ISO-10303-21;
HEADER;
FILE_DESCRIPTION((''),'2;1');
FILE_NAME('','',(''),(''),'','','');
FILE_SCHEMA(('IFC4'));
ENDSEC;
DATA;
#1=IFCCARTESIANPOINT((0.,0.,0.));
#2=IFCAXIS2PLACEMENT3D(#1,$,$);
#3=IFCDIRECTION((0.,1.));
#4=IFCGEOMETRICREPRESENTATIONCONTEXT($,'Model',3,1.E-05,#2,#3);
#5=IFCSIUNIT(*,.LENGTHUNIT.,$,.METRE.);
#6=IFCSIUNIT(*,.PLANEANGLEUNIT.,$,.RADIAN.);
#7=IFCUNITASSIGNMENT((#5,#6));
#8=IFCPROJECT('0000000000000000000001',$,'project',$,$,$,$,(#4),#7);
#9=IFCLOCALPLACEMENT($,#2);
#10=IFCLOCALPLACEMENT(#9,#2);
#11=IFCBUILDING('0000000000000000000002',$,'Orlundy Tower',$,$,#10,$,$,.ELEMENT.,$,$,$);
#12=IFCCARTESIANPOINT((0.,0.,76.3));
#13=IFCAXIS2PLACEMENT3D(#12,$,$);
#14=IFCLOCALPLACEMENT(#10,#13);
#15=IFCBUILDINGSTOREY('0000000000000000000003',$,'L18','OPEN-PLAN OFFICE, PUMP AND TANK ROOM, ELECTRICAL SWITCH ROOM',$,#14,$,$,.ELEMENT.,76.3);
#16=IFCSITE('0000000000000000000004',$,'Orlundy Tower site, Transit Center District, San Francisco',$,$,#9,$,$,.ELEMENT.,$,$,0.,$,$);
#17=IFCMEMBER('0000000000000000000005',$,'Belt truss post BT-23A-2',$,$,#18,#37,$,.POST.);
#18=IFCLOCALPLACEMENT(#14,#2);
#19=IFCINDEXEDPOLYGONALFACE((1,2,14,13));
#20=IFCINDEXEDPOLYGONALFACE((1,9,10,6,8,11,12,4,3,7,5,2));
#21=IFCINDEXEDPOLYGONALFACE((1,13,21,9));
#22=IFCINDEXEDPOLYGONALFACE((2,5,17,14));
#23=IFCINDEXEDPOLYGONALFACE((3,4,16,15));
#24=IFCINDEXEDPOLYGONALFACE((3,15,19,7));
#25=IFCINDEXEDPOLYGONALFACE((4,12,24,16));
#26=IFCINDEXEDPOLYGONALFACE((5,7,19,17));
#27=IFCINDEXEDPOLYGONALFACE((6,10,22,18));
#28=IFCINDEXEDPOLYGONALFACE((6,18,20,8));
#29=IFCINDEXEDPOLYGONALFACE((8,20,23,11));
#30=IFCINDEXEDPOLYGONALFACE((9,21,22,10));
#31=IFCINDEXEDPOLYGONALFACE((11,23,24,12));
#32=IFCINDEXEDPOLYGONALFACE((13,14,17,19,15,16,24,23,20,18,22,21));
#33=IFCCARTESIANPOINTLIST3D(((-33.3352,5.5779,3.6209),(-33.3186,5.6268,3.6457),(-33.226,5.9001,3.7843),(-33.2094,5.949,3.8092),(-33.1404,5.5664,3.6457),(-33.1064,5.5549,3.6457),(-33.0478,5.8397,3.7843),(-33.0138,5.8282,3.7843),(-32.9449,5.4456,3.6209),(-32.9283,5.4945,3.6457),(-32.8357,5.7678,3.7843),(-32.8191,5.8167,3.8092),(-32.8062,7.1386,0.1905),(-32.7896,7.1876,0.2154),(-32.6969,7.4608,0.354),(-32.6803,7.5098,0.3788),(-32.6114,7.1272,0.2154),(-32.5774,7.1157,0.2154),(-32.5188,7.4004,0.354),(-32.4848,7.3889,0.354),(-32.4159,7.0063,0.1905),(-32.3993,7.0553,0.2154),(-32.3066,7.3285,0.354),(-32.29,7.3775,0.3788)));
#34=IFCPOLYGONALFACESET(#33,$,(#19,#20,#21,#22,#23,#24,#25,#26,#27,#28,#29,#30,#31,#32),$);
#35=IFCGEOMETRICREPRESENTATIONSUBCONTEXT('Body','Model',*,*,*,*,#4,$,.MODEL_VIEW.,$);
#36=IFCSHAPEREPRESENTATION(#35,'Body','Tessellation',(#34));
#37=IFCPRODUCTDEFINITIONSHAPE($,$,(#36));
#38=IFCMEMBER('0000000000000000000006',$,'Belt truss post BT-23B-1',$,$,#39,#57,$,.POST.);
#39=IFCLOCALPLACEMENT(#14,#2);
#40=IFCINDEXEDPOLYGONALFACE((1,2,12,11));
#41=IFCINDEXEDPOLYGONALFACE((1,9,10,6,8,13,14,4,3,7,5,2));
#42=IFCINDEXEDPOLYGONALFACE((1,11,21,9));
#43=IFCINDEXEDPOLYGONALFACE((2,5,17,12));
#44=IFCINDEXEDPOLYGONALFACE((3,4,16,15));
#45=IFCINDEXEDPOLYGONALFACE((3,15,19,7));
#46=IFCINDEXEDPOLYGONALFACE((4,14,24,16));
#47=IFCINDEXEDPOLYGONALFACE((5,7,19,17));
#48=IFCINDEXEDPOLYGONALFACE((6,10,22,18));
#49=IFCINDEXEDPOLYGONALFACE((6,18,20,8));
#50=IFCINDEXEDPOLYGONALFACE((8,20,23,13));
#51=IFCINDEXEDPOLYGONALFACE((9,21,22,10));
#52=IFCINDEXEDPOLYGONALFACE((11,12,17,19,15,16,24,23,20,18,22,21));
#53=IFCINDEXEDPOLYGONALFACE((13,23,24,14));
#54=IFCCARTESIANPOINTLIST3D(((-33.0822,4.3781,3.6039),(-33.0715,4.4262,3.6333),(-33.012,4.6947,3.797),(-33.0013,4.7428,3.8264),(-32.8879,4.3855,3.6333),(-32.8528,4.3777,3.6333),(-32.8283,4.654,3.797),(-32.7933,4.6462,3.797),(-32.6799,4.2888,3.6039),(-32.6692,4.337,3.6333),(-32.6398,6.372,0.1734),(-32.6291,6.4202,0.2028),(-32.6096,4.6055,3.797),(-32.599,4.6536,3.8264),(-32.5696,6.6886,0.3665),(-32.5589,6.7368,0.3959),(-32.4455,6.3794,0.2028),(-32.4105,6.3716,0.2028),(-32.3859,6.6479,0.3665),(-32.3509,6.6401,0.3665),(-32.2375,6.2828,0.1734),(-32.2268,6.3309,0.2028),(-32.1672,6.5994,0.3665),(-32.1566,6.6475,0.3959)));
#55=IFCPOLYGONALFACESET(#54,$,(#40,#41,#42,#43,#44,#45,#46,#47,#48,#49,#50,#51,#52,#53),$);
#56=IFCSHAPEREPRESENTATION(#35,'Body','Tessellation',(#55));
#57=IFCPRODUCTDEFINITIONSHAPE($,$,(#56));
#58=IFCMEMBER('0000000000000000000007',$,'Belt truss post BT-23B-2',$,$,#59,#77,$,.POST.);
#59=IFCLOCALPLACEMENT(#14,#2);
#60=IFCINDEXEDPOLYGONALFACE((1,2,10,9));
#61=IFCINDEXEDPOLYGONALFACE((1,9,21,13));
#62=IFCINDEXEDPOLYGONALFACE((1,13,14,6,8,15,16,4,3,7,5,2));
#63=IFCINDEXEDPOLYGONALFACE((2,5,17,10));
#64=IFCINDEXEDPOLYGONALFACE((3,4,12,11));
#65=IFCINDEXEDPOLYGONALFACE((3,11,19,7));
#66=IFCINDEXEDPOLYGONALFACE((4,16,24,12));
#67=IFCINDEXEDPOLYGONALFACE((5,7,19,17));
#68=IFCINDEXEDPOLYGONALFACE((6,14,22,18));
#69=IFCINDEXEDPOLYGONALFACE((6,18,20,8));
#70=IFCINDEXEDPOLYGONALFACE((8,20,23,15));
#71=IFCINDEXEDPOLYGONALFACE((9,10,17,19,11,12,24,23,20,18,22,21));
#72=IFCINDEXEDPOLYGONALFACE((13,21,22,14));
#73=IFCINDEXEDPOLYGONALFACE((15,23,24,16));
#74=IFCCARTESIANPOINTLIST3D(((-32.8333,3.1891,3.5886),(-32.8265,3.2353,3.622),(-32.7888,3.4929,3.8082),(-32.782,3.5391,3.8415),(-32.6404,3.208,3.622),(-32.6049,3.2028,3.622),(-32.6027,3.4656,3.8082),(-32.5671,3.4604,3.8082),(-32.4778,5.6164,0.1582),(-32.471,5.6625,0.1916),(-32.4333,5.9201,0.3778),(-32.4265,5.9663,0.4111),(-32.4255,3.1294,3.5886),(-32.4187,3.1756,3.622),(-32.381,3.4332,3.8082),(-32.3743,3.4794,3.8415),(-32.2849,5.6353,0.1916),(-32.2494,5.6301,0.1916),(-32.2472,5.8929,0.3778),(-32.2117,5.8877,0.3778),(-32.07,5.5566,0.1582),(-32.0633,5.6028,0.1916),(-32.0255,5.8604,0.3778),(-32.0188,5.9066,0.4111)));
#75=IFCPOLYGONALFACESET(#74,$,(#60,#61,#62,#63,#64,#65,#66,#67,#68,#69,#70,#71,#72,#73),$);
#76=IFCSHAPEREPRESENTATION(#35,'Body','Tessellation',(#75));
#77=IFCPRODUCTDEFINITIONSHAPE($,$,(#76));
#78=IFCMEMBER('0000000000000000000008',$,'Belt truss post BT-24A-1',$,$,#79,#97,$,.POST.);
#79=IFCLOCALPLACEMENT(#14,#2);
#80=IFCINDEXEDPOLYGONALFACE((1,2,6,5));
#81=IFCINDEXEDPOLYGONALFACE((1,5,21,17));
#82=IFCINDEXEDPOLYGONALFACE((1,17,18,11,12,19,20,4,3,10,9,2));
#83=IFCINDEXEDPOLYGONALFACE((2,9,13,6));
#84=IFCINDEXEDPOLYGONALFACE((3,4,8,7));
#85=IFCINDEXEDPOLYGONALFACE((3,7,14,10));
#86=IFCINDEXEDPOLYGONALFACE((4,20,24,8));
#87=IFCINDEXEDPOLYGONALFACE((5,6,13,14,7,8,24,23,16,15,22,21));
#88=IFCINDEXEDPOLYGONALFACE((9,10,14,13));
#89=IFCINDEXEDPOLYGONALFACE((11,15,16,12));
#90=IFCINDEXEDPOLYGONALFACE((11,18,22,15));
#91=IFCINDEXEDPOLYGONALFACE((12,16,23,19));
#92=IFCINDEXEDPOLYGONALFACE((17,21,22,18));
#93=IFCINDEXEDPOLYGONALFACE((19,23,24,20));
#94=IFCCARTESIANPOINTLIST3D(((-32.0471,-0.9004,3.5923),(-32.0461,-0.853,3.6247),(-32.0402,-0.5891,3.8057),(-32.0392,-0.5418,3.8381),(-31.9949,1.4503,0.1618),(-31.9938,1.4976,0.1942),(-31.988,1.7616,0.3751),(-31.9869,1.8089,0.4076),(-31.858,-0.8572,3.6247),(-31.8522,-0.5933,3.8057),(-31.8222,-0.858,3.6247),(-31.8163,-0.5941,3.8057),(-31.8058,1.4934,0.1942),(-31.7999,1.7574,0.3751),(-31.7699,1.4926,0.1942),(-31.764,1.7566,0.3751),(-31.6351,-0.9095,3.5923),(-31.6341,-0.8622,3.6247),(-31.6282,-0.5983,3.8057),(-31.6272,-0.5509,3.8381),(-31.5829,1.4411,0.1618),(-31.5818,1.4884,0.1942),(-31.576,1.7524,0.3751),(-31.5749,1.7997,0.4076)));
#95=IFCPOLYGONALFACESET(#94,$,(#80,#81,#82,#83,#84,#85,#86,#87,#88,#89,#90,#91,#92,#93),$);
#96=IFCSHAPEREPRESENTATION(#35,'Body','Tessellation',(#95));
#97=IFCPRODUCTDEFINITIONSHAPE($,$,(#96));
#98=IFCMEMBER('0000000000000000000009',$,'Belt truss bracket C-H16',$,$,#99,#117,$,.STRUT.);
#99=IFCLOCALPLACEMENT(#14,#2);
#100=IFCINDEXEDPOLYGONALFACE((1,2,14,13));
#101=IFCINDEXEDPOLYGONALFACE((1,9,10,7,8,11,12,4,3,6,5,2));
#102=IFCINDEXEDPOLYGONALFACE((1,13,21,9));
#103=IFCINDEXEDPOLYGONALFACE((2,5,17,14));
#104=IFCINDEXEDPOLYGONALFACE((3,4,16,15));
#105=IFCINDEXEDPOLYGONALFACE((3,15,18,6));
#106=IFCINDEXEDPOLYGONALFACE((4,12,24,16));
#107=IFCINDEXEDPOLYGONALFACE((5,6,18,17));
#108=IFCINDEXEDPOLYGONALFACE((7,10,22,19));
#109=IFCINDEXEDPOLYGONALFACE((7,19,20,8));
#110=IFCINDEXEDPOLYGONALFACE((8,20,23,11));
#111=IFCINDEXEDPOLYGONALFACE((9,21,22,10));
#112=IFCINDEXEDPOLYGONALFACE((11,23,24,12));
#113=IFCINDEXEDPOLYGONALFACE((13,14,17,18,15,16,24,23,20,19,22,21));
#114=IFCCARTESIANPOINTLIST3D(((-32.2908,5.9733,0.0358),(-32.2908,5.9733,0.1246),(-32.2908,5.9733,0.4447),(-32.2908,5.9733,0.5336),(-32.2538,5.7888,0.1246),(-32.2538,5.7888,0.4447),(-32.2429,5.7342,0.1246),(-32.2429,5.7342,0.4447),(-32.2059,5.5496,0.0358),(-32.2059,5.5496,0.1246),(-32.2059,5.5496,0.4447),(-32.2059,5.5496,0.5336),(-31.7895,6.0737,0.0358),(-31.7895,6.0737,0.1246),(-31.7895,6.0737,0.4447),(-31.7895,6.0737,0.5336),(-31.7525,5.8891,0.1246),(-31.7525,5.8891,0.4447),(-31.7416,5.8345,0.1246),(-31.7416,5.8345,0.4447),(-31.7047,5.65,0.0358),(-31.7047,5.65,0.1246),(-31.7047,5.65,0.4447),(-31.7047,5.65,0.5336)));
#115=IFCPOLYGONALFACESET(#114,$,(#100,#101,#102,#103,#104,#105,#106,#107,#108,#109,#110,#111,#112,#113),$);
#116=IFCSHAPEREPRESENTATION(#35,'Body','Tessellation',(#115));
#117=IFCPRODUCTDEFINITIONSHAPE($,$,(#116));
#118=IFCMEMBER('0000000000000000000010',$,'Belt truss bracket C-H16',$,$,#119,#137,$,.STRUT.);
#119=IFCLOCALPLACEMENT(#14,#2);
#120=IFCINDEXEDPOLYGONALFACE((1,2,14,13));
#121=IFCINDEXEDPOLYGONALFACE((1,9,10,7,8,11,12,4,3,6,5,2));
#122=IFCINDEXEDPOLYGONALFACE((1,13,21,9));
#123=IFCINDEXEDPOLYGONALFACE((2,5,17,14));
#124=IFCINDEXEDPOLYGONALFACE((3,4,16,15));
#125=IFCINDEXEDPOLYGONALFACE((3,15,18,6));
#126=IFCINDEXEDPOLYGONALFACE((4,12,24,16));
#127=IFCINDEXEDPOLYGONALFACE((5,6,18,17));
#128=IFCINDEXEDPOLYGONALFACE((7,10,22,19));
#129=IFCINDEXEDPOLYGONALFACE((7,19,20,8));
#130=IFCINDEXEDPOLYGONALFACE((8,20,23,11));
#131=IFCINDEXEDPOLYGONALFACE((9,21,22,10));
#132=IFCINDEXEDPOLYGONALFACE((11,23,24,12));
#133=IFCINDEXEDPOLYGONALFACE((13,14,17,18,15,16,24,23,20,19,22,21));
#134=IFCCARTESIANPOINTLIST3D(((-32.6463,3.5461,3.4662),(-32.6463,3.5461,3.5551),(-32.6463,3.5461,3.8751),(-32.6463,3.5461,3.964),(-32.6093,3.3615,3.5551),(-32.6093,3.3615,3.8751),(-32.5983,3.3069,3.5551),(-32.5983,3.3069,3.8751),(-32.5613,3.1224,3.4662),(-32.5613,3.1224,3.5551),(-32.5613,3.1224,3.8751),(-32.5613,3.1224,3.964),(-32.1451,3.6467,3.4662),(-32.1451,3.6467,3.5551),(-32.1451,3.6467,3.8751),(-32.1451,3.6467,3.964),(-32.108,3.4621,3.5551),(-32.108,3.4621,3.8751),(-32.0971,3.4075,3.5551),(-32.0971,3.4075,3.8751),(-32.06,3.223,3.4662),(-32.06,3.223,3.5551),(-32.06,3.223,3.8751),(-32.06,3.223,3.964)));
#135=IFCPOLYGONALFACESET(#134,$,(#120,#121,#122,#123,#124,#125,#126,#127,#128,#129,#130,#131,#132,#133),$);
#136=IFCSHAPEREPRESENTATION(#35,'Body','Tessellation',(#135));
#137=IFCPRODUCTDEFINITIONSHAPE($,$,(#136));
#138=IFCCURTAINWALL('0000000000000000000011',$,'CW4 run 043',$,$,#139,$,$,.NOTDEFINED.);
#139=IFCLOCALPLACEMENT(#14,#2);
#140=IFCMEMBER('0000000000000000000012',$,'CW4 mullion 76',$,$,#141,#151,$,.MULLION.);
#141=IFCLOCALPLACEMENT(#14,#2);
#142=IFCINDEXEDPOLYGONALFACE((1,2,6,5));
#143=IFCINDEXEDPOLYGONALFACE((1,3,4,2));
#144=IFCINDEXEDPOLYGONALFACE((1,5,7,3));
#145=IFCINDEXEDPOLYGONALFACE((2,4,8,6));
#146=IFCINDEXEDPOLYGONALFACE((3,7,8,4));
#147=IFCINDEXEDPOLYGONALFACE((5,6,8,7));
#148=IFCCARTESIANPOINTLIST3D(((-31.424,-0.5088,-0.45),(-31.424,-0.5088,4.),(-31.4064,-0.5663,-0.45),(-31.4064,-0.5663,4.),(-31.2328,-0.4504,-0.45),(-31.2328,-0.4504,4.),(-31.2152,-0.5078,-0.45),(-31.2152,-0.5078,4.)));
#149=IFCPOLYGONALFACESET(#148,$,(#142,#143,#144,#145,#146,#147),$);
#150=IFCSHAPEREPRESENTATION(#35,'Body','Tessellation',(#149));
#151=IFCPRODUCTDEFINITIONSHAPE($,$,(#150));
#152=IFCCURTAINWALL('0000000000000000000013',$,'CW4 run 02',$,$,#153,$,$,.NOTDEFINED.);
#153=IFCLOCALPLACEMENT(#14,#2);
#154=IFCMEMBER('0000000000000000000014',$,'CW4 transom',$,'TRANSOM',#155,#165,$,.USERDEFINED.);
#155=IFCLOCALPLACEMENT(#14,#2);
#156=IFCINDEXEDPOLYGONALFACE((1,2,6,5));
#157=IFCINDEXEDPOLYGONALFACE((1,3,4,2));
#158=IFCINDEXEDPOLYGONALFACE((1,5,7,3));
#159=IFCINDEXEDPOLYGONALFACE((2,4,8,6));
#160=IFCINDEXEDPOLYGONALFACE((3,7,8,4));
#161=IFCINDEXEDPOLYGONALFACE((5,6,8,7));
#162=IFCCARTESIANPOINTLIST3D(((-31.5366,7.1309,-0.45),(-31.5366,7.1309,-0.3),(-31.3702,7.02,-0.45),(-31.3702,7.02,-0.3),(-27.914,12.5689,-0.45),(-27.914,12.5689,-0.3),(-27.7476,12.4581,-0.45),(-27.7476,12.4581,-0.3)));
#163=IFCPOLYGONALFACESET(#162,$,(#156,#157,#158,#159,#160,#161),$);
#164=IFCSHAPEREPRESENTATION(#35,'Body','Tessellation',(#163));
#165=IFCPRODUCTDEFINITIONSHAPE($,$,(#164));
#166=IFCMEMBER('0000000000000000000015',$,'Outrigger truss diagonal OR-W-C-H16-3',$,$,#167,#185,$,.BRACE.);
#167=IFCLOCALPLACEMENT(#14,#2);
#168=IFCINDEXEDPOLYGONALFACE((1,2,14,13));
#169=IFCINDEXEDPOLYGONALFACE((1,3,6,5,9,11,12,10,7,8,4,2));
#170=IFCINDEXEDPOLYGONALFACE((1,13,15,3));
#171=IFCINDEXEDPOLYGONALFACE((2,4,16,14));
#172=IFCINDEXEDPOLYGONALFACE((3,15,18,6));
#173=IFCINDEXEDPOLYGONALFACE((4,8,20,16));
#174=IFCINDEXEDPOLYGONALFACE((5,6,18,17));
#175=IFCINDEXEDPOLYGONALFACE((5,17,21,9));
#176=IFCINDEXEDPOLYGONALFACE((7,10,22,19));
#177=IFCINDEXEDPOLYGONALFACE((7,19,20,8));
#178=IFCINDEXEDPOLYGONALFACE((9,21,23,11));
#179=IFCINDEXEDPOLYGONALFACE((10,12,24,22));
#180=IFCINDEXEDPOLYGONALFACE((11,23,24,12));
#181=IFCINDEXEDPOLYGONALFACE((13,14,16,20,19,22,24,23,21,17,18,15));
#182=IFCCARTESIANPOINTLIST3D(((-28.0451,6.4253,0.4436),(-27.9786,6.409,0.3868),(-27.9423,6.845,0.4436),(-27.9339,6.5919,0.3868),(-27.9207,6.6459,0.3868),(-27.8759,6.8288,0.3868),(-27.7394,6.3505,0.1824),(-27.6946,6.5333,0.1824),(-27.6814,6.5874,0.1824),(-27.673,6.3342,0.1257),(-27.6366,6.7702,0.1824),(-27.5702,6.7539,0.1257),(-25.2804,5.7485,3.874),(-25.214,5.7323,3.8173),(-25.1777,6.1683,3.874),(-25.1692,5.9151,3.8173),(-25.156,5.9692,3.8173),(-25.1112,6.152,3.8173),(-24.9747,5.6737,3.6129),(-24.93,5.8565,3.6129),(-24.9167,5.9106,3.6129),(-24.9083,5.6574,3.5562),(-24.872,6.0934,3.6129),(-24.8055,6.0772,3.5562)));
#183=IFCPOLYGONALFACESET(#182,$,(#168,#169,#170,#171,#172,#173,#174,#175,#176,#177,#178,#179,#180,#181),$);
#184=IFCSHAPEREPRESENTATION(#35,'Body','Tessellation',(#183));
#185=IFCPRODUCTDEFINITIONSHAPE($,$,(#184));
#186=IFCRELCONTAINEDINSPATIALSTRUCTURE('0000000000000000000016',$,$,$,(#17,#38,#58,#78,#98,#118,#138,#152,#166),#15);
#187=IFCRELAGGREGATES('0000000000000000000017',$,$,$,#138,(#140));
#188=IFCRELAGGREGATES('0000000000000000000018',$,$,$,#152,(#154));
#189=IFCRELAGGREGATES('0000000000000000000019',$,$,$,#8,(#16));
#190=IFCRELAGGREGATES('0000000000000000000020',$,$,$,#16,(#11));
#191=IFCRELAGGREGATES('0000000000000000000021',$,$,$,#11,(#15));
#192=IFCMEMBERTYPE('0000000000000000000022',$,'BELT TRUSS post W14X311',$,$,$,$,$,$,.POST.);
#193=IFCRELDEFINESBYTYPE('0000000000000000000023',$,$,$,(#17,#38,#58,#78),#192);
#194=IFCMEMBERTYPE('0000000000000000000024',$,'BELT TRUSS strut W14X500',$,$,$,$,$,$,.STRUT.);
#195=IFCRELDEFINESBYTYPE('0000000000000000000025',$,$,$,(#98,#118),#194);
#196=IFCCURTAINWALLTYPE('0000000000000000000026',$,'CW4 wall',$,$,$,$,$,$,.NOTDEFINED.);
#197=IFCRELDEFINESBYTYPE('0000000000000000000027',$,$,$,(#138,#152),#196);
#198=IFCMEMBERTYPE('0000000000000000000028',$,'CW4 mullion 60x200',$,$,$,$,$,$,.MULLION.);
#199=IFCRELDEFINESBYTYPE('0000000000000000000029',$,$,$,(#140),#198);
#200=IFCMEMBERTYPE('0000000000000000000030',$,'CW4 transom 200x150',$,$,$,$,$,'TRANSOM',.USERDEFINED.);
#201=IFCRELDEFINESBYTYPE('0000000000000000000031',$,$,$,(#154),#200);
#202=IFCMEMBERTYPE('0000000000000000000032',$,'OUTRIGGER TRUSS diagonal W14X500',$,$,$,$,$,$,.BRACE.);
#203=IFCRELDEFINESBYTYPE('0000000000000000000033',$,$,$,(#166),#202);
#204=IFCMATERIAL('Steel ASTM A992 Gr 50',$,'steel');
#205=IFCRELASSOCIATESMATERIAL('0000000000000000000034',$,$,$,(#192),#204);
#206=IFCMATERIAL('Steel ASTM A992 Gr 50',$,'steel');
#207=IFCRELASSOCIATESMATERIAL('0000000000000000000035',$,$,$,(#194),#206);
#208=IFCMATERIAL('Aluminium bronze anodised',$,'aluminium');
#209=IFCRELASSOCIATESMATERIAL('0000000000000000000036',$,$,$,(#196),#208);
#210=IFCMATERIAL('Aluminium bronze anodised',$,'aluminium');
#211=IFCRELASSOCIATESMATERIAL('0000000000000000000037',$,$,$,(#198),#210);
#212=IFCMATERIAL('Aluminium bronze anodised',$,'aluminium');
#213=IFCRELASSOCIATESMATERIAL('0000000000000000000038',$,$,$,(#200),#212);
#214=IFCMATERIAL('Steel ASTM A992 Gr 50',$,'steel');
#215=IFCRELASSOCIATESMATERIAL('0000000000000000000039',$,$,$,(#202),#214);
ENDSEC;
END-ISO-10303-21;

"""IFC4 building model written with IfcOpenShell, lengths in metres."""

from ifc_helpers import new_model, si_unit, direction, frame, origin, origin_2d, place, context, subcontext, project, spatial, rectangle, i_section, extrude, material, material_profile, profile_set, type_object, element, aggregate, save


model = new_model("IFC4")

# Units and contexts
model_context = context("Model", 3, precision=1e-05, world=origin(), true_north=direction((0.0, 1.0)))
body_context = subcontext(model_context, "Body", "Model", "MODEL_VIEW")
ifc_project = project(units=[si_unit("LENGTHUNIT", "METRE"), si_unit("PLANEANGLEUNIT", "RADIAN")], contexts=[model_context])

# Site, building, storey
site_placement = place(None, origin())
site = spatial("IfcSite", under=ifc_project, at=site_placement, Name="Orlundy Tower site, Transit Center District, San Francisco", CompositionType="ELEMENT", RefElevation=0.0)
building_placement = place(site_placement, origin())
building = spatial("IfcBuilding", under=site, at=building_placement, Name="Orlundy Tower", CompositionType="ELEMENT")
storey_placement = place(building_placement, frame((0.0, 0.0, 76.3)))
storey = spatial("IfcBuildingStorey", under=building, at=storey_placement, Name="L18", Description="OPEN-PLAN OFFICE, PUMP AND TANK ROOM, ELECTRICAL SWITCH ROOM", CompositionType="ELEMENT", Elevation=76.3)

# Members
ifc_material_1 = material(Name="Steel ASTM A992 Gr 50", Category="steel")
ifc_material_profile_1 = material_profile(ifc_material_1, i_section(OverallWidth=0.4121, OverallDepth=0.4348, WebThickness=0.0359, FlangeThickness=0.0574, at=origin_2d()), Name="W14X311")
ifc_profile_set_1 = profile_set([ifc_material_profile_1], Name="Steel ASTM A992 Gr 50")
member_type_1 = type_object("IfcMemberType", Name="BELT TRUSS post W14X311", PredefinedType="POST", material=ifc_profile_set_1)
member_1_placement = place(storey_placement, frame((-32.5481, 7.2581, 0.2847), z_axis=(-0.139014, -0.410114, 0.901378), x_axis=(0.947071, -0.321024, 0.0)))
element("IfcMember", 1, at=member_1_placement, inside=storey, type_object=member_type_1, Name="Belt truss post BT-23A-2", PredefinedType="POST", context=body_context, shape_type="SweptSolid", body=[
    extrude(i_section(OverallWidth=0.4121, OverallDepth=0.4348, WebThickness=0.0359, FlangeThickness=0.0574, at=origin_2d()), origin(), (0.0, 0.0, 1.0), 3.8057),
])
member_2_placement = place(storey_placement, frame((-32.3982, 6.5098, 0.2847), z_axis=(-0.110807, -0.499425, 0.859242), x_axis=(0.97626, -0.216601, 0.0)))
element("IfcMember", 2, at=member_2_placement, inside=storey, type_object=member_type_1, Name="Belt truss post BT-23B-1", PredefinedType="POST", context=body_context, shape_type="SweptSolid", body=[
    extrude(i_section(OverallWidth=0.4121, OverallDepth=0.4348, WebThickness=0.0359, FlangeThickness=0.0574, at=origin_2d()), origin(), (0.0, 0.0, 1.0), 3.9924),
])
member_3_placement = place(storey_placement, frame((-32.2483, 5.7615, 0.2847), z_axis=(-0.084288, -0.575544, 0.813415), x_axis=(0.989446, -0.144904, 0.0)))
element("IfcMember", 3, at=member_3_placement, inside=storey, type_object=member_type_1, Name="Belt truss post BT-23B-2", PredefinedType="POST", context=body_context, shape_type="SweptSolid", body=[
    extrude(i_section(OverallWidth=0.4121, OverallDepth=0.4348, WebThickness=0.0359, FlangeThickness=0.0574, at=origin_2d()), origin(), (0.0, 0.0, 1.0), 4.2173),
])
member_4_placement = place(storey_placement, frame((-31.7849, 1.625, 0.2847), z_axis=(-0.012563, -0.565205, 0.824855), x_axis=(0.999753, -0.022221, 0.0)))
element("IfcMember", 4, at=member_4_placement, inside=storey, type_object=member_type_1, Name="Belt truss post BT-24A-1", PredefinedType="POST", context=body_context, shape_type="SweptSolid", body=[
    extrude(i_section(OverallWidth=0.4121, OverallDepth=0.4348, WebThickness=0.0359, FlangeThickness=0.0574, at=origin_2d()), origin(), (0.0, 0.0, 1.0), 4.1589),
])
ifc_material_2 = material(Name="Steel ASTM A992 Gr 50", Category="steel")
ifc_material_profile_2 = material_profile(ifc_material_2, i_section(OverallWidth=0.4321, OverallDepth=0.4978, WebThickness=0.0557, FlangeThickness=0.0889, at=origin_2d()), Name="W14X500")
ifc_profile_set_2 = profile_set([ifc_material_profile_2], Name="Steel ASTM A992 Gr 50")
member_type_2 = type_object("IfcMemberType", Name="BELT TRUSS strut W14X500", PredefinedType="STRUT", material=ifc_profile_set_2)
for number, where, z_axis, x_axis, name in (
    (5, (-31.7471, 5.8618, 0.2847), (-0.980544, -0.1963, 0.0), (0.1963, -0.980544, 0.0), "Belt truss bracket C-H16"),
    (6, (-32.1025, 3.4348, 3.7151), (-0.980452, -0.196759, 0.0), (0.196759, -0.980452, 0.0), "Belt truss bracket C-H16"),
):
    element("IfcMember", number, at=place(storey_placement, frame(where, z_axis=z_axis, x_axis=x_axis)), inside=storey, type_object=member_type_2, Name=name, PredefinedType="STRUT", context=body_context, shape_type="SweptSolid", body=[
        extrude(i_section(OverallWidth=0.4321, OverallDepth=0.4978, WebThickness=0.0557, FlangeThickness=0.0889, at=origin_2d()), origin(), (0.0, 0.0, 1.0), 0.5112),
    ])

# Curtain walls, members
ifc_material_3 = material(Name="Aluminium bronze anodised", Category="aluminium")
curtain_wall_type = type_object("IfcCurtainWallType", Name="CW4 wall", PredefinedType="NOTDEFINED", material=ifc_material_3)
curtain_wall_1_placement = place(storey_placement, origin())
curtain_wall_1 = element("IfcCurtainWall", 7, at=curtain_wall_1_placement, inside=storey, type_object=curtain_wall_type, Name="CW4 run 043", PredefinedType="NOTDEFINED")
ifc_material_4 = material(Name="Aluminium bronze anodised", Category="aluminium")
ifc_material_profile_3 = material_profile(ifc_material_4, rectangle(XDim=0.2, YDim=0.0601, at=origin_2d()), Name="CW4 mullion 60x200")
ifc_profile_set_3 = profile_set([ifc_material_profile_3], Name="Aluminium bronze anodised")
member_type_3 = type_object("IfcMemberType", Name="CW4 mullion 60x200", PredefinedType="MULLION", material=ifc_profile_set_3)
member_5_placement = place(storey_placement, frame((-31.3196, -0.5083, -0.45), z_axis=(0.0, 0.0, 1.0), x_axis=(-0.956296, -0.292401, 0.0)))
member_5 = element("IfcMember", 8, at=member_5_placement, type_object=member_type_3, Name="CW4 mullion 76", PredefinedType="MULLION", context=body_context, shape_type="SweptSolid", body=[
    extrude(rectangle(XDim=0.2, YDim=0.0601, at=origin_2d()), origin(), (0.0, 0.0, 1.0), 4.45),
])
aggregate(curtain_wall_1, [member_5])
curtain_wall_2_placement = place(storey_placement, origin())
curtain_wall_2 = element("IfcCurtainWall", 9, at=curtain_wall_2_placement, inside=storey, type_object=curtain_wall_type, Name="CW4 run 02", PredefinedType="NOTDEFINED")
ifc_material_5 = material(Name="Aluminium bronze anodised", Category="aluminium")
ifc_material_profile_4 = material_profile(ifc_material_5, rectangle(XDim=0.2, YDim=0.1499, at=origin_2d()), Name="CW4 transom 200x150")
ifc_profile_set_4 = profile_set([ifc_material_profile_4], Name="Aluminium bronze anodised")
member_type_4 = type_object("IfcMemberType", Name="CW4 transom 200x150", ElementType="TRANSOM", PredefinedType="USERDEFINED", material=ifc_profile_set_4)
member_6_placement = place(storey_placement, frame((-31.4534, 7.0754, -0.375), z_axis=(0.554407, 0.832246, 0.0), x_axis=(-0.832246, 0.554407, 0.0)))
member_6 = element("IfcMember", 10, at=member_6_placement, type_object=member_type_4, Name="CW4 transom", ObjectType="TRANSOM", PredefinedType="USERDEFINED", context=body_context, shape_type="SweptSolid", body=[
    extrude(rectangle(XDim=0.2, YDim=0.1499, at=origin_2d()), origin(), (0.0, 0.0, 1.0), 6.5342),
])

# Member
ifc_material_6 = material(Name="Steel ASTM A992 Gr 50", Category="steel")
ifc_material_profile_5 = material_profile(ifc_material_6, i_section(OverallWidth=0.4321, OverallDepth=0.4978, WebThickness=0.0557, FlangeThickness=0.0889, at=origin_2d()), Name="W14X500")
ifc_profile_set_5 = profile_set([ifc_material_profile_5], Name="Steel ASTM A992 Gr 50")
member_type_5 = type_object("IfcMemberType", Name="OUTRIGGER TRUSS diagonal W14X500", PredefinedType="BRACE", material=ifc_profile_set_5)
member_7_placement = place(storey_placement, frame((-25.043, 5.9128, 3.7151), z_axis=(-0.620228, 0.151825, -0.769589), x_axis=(-0.23777, -0.971322, 0.0)))
element("IfcMember", 11, at=member_7_placement, inside=storey, type_object=member_type_5, Name="Outrigger truss diagonal OR-W-C-H16-3", PredefinedType="BRACE", context=body_context, shape_type="SweptSolid", body=[
    extrude(i_section(OverallWidth=0.4321, OverallDepth=0.4978, WebThickness=0.0557, FlangeThickness=0.0889, at=origin_2d()), origin(), (0.0, 0.0, 1.0), 4.4575),
])

aggregate(curtain_wall_2, [member_6])

save(model, "model.ifc")
